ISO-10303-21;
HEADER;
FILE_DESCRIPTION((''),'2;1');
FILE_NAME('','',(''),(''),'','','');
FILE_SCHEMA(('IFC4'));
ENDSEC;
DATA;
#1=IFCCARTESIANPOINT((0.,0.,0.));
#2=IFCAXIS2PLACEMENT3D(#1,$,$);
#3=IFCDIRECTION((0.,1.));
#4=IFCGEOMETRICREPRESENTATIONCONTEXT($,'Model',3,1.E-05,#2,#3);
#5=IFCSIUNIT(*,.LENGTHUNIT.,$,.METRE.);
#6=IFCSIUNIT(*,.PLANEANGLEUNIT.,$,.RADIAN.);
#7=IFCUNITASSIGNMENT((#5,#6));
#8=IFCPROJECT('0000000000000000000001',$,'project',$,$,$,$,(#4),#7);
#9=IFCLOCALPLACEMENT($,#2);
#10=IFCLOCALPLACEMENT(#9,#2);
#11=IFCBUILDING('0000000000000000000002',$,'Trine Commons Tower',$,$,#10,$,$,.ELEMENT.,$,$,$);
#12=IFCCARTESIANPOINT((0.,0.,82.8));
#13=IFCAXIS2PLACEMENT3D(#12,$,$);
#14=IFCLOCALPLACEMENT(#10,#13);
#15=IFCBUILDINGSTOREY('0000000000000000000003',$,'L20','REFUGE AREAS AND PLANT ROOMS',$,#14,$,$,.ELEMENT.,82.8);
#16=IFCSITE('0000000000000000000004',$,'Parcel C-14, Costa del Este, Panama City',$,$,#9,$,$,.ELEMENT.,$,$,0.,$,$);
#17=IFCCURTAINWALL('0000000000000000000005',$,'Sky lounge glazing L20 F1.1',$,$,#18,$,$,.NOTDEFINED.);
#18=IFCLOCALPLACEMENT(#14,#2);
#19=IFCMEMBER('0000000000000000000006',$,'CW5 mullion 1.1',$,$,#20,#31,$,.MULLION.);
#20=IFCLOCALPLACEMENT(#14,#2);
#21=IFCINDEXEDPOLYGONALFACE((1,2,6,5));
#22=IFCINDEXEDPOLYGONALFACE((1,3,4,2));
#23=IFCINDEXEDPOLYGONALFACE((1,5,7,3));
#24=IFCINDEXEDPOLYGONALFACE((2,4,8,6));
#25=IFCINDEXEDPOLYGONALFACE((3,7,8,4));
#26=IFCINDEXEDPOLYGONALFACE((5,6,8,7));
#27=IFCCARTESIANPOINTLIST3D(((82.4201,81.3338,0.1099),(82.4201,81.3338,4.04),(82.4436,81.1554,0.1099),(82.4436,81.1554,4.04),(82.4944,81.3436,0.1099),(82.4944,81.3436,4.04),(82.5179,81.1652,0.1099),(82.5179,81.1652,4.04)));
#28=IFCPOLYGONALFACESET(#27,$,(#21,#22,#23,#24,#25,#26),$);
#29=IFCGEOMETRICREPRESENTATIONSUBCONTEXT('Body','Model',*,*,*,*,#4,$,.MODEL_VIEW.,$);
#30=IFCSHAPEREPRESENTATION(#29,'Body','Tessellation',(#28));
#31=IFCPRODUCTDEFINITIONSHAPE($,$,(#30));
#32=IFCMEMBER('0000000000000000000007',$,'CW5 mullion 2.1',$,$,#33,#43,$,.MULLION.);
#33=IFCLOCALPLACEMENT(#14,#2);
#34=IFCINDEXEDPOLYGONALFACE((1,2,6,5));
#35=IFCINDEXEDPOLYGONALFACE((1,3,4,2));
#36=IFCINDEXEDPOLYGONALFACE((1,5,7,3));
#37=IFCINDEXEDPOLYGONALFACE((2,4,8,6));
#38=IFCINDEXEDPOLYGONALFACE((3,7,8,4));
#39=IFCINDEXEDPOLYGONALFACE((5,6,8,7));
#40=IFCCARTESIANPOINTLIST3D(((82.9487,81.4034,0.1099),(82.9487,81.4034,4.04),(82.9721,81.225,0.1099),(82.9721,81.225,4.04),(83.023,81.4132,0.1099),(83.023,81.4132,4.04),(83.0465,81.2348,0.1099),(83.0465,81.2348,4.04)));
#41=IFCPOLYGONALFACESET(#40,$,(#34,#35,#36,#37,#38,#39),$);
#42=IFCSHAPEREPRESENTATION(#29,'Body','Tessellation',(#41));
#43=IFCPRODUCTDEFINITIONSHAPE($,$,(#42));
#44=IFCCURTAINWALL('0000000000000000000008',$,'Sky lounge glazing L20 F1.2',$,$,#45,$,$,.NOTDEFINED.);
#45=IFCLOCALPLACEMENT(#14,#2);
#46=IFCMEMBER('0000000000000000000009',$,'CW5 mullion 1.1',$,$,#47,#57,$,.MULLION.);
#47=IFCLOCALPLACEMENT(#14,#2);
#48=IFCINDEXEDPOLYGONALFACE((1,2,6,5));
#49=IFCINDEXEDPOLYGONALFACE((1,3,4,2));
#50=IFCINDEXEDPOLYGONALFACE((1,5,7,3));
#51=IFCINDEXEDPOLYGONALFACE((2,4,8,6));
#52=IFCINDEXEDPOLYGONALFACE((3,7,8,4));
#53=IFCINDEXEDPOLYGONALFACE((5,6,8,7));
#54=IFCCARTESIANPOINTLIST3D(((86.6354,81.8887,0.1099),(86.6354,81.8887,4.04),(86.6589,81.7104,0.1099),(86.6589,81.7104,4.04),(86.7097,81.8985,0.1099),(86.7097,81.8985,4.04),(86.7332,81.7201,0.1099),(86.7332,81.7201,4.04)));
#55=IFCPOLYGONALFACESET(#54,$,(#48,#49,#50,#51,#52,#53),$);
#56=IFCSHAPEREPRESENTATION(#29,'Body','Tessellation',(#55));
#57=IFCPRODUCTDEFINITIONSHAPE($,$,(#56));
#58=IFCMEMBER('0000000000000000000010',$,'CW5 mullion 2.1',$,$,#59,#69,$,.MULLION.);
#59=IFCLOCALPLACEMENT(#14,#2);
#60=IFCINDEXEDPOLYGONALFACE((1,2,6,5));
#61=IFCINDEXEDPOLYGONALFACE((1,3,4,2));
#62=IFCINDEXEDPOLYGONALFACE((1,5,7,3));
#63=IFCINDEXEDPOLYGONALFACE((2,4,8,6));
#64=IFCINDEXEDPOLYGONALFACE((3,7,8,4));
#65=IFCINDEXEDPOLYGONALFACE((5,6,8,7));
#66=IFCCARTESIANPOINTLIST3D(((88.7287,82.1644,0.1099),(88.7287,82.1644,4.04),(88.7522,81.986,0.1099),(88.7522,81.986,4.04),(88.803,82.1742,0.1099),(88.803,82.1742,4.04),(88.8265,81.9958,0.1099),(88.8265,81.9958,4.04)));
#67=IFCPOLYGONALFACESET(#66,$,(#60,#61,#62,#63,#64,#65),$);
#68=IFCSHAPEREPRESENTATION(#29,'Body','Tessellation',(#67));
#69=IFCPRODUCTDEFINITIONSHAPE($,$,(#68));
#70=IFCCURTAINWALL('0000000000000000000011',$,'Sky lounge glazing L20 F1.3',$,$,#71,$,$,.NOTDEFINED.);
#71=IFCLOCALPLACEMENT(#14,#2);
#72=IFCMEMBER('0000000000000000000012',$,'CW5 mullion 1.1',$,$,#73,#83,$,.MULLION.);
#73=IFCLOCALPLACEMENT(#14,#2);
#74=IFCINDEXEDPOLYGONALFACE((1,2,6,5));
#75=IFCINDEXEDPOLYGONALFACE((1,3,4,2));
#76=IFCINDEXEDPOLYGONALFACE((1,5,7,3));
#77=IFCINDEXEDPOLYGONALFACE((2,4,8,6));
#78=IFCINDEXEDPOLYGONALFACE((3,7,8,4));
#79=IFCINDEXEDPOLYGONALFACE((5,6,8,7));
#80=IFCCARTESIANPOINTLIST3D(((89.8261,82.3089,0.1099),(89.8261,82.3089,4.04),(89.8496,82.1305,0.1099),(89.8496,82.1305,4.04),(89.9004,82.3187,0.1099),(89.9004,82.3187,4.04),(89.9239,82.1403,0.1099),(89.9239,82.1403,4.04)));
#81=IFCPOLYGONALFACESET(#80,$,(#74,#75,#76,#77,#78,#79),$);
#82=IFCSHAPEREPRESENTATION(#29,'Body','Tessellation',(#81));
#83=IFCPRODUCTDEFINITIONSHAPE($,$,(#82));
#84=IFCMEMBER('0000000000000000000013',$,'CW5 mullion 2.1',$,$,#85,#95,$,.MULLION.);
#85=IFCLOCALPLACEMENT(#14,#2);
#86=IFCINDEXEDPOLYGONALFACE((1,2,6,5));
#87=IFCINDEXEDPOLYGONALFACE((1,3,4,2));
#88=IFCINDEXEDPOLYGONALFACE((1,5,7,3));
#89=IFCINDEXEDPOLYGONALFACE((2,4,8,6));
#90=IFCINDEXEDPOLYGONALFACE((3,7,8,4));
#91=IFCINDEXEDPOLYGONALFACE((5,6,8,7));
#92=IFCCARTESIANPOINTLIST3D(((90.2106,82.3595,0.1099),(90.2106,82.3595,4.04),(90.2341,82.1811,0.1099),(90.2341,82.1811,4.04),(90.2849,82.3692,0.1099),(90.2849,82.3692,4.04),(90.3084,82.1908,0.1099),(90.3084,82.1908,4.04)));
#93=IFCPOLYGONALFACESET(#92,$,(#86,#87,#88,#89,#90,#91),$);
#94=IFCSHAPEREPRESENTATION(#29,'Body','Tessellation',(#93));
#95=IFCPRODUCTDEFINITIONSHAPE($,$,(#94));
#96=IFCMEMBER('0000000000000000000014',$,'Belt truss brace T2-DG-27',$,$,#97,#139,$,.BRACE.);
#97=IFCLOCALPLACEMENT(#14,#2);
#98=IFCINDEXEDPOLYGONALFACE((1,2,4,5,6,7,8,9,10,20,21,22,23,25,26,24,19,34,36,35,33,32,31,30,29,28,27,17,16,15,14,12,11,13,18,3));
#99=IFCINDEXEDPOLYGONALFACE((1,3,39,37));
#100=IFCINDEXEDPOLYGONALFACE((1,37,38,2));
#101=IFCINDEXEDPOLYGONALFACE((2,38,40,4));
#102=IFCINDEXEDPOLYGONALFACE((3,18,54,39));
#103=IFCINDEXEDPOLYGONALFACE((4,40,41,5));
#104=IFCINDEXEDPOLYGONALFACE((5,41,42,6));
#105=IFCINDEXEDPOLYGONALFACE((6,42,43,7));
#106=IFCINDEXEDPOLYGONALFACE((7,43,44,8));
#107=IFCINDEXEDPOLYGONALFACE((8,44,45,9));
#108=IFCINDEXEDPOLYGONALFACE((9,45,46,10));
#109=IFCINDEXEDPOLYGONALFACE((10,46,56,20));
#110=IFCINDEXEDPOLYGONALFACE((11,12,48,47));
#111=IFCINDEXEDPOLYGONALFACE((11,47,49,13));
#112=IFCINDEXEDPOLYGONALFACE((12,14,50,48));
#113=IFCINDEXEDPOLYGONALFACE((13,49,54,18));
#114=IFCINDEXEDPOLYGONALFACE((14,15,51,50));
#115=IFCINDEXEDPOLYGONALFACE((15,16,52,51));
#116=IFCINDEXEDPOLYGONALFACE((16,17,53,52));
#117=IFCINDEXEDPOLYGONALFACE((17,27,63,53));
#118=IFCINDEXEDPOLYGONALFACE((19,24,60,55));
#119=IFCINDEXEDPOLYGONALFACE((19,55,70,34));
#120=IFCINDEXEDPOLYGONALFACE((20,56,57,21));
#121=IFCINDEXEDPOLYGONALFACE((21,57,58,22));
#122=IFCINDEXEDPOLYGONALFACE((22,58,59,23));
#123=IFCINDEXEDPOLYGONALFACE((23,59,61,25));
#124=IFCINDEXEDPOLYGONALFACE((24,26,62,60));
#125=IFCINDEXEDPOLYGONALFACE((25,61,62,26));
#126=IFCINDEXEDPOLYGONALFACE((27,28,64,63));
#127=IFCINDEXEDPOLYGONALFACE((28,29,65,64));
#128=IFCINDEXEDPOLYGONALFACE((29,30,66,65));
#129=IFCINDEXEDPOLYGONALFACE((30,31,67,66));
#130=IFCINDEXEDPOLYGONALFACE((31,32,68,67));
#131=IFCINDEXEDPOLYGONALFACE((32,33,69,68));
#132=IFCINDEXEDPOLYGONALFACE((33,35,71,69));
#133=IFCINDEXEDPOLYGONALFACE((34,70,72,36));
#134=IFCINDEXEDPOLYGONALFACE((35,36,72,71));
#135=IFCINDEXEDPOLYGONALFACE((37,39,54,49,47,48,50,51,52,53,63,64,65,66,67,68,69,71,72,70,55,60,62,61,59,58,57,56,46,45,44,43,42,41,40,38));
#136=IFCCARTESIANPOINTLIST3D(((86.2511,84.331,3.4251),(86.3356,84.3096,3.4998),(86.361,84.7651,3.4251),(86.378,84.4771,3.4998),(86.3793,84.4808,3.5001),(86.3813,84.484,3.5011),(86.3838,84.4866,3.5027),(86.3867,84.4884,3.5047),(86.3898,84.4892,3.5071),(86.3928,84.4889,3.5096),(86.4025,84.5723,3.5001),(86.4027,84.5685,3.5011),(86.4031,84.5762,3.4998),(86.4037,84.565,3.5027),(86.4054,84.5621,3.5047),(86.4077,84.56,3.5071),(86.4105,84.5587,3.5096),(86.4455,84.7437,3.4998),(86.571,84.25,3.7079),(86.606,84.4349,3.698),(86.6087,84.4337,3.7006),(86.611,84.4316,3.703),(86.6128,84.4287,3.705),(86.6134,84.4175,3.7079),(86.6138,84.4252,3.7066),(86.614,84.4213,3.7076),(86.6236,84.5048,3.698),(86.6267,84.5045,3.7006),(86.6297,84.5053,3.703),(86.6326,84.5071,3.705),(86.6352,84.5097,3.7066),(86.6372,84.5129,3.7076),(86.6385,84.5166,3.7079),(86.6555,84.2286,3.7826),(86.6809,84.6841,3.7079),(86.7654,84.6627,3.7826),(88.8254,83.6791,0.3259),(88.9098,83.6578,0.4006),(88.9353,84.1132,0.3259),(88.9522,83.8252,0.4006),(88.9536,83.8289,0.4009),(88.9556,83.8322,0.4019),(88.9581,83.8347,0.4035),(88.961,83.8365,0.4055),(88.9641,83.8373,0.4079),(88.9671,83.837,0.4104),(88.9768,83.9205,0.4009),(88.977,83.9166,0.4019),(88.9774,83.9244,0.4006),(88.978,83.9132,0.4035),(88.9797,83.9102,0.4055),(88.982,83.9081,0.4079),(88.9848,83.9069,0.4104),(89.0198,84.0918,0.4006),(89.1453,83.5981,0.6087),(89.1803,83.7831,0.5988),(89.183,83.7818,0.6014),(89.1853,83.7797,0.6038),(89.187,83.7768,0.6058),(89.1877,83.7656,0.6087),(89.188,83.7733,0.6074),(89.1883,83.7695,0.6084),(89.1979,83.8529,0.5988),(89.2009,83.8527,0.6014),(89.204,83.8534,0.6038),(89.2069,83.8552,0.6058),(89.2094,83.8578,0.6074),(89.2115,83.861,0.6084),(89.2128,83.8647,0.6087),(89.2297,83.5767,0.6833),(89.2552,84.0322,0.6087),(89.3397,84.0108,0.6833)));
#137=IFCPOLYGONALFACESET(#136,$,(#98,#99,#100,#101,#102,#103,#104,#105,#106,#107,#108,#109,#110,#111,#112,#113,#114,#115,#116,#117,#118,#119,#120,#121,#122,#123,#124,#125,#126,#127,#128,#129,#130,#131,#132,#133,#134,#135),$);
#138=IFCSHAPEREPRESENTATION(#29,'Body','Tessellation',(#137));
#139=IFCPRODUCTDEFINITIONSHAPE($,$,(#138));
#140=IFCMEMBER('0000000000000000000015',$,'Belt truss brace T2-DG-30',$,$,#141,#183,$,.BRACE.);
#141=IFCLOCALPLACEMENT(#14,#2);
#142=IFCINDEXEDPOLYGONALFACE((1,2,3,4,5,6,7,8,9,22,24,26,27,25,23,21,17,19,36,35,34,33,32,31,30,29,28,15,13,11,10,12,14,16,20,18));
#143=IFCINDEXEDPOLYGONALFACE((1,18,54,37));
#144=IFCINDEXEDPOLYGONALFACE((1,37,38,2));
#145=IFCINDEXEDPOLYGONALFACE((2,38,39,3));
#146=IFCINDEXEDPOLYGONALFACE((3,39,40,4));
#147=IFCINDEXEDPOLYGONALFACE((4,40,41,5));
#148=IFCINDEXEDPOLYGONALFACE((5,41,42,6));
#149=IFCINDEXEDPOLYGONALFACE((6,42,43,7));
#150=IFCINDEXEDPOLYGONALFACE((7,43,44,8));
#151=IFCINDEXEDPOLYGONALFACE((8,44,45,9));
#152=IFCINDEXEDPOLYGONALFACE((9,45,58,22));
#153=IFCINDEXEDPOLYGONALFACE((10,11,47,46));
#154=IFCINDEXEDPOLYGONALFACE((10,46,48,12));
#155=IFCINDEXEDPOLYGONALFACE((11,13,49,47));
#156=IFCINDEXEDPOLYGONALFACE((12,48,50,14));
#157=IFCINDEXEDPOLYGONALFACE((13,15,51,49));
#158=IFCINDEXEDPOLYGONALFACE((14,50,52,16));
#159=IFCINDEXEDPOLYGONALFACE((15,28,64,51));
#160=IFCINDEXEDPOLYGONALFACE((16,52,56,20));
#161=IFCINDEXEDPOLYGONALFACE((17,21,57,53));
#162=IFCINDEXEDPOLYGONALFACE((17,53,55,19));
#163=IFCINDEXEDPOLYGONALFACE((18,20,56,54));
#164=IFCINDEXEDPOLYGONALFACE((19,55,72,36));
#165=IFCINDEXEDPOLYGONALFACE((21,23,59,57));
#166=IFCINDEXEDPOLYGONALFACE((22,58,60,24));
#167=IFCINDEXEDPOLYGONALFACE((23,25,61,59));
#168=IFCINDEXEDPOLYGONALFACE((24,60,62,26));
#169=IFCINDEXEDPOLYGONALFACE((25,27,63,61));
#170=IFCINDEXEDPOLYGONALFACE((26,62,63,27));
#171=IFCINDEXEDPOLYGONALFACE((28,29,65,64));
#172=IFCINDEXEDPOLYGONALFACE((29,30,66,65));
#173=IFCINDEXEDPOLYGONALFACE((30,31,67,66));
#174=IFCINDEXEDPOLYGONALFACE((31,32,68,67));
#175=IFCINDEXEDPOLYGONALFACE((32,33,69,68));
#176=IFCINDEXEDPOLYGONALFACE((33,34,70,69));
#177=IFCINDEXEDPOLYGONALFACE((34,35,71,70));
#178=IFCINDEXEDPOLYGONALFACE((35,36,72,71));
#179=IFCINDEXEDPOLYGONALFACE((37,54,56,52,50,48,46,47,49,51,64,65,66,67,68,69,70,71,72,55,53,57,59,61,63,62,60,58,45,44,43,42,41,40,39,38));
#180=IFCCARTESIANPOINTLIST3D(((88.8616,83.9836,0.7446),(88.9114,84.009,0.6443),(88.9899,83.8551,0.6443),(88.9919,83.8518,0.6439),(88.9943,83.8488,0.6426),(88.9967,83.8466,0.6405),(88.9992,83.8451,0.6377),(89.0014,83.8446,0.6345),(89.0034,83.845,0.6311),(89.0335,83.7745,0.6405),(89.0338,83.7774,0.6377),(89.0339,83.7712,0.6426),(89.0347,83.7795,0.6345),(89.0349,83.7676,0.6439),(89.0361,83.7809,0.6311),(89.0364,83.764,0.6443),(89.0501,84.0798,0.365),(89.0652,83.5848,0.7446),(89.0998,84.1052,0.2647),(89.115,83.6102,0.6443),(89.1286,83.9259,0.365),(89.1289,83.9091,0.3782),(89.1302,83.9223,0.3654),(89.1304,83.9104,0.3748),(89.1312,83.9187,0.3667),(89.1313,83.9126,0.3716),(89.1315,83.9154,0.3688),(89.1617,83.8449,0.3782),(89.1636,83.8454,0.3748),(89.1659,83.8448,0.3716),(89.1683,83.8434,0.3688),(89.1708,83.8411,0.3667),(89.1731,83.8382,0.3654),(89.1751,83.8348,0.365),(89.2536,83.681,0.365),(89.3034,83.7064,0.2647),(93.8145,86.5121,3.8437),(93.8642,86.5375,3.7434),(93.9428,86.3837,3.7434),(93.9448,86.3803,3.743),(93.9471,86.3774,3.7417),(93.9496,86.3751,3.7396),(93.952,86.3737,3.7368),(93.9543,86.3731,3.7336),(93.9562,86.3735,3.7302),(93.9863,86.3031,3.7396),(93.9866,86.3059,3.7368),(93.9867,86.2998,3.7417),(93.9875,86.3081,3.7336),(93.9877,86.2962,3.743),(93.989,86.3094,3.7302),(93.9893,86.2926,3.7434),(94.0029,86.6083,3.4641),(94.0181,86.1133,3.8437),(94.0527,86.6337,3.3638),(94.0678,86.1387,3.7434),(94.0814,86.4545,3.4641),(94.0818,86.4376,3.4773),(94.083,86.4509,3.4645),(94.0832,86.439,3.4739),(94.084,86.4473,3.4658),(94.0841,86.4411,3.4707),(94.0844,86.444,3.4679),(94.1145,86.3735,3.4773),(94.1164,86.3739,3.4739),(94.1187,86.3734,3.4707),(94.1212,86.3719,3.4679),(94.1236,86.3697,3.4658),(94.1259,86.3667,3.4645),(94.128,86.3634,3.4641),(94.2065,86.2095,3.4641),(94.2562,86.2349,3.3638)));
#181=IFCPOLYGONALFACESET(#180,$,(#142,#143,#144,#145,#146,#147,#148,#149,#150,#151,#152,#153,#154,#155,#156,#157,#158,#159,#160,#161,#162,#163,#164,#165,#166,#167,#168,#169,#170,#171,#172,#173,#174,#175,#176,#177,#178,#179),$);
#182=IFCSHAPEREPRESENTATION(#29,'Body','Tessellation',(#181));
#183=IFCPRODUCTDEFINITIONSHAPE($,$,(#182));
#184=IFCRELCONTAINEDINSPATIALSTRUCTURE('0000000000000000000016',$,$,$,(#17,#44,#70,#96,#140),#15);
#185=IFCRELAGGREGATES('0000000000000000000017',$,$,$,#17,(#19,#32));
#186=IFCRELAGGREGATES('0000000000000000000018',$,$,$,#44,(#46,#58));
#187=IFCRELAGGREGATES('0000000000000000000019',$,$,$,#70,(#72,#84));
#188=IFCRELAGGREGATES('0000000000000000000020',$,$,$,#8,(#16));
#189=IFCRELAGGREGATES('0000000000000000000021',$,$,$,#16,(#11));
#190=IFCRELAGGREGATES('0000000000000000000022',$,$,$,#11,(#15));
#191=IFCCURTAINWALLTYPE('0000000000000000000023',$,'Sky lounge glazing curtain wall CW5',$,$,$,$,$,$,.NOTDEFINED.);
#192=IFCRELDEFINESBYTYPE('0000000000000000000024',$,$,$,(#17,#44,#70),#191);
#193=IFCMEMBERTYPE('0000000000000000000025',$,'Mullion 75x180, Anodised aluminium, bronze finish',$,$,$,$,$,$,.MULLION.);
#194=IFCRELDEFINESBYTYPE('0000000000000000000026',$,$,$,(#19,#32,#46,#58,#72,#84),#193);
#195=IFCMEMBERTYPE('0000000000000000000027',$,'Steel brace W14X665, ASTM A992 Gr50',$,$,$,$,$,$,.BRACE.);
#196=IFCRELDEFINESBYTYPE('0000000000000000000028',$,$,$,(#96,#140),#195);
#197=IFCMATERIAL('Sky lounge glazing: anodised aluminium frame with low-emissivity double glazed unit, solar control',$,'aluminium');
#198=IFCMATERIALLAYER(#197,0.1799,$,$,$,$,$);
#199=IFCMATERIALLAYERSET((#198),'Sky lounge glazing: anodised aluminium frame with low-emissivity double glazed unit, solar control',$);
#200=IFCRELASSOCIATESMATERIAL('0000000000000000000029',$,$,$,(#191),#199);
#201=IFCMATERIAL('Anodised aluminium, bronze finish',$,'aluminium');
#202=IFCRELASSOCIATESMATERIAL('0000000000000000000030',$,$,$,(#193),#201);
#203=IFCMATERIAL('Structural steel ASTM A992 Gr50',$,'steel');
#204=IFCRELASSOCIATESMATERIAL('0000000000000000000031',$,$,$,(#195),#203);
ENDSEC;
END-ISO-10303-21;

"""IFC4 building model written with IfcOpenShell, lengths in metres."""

from ifc_helpers import new_model, si_unit, direction, frame, origin, origin_2d, place, context, subcontext, project, spatial, rectangle, i_section, extrude, material, layer, layer_set, material_profile, profile_set, type_object, element, aggregate, save


model = new_model("IFC4")

# Units and contexts
model_context = context("Model", 3, precision=1e-05, world=origin(), true_north=direction((0.0, 1.0)))
body_context = subcontext(model_context, "Body", "Model", "MODEL_VIEW")
ifc_project = project(units=[si_unit("LENGTHUNIT", "METRE"), si_unit("PLANEANGLEUNIT", "RADIAN")], contexts=[model_context])

# Site, building, storey
site_placement = place(None, origin())
site = spatial("IfcSite", under=ifc_project, at=site_placement, Name="Parcel C-14, Costa del Este, Panama City", CompositionType="ELEMENT", RefElevation=0.0)
building_placement = place(site_placement, origin())
building = spatial("IfcBuilding", under=site, at=building_placement, Name="Trine Commons Tower", CompositionType="ELEMENT")
storey_placement = place(building_placement, frame((0.0, 0.0, 82.8)))
storey = spatial("IfcBuildingStorey", under=building, at=storey_placement, Name="L20", Description="REFUGE AREAS AND PLANT ROOMS", CompositionType="ELEMENT", Elevation=82.8)

# Curtain walls, members
ifc_material_1 = material(Name="Sky lounge glazing: anodised aluminium frame with low-emissivity double glazed unit, solar control", Category="aluminium")
ifc_layer_1 = layer(ifc_material_1, 0.1799)
ifc_layer_set_1 = layer_set([ifc_layer_1], Name="Sky lounge glazing: anodised aluminium frame with low-emissivity double glazed unit, solar control")
curtain_wall_type = type_object("IfcCurtainWallType", Name="Sky lounge glazing curtain wall CW5", PredefinedType="NOTDEFINED", material=ifc_layer_set_1)
curtain_wall_1_placement = place(storey_placement, origin())
curtain_wall_1 = element("IfcCurtainWall", 1, at=curtain_wall_1_placement, inside=storey, type_object=curtain_wall_type, Name="Sky lounge glazing L20 F1.1", PredefinedType="NOTDEFINED")
ifc_material_2 = material(Name="Anodised aluminium, bronze finish", Category="aluminium")
ifc_material_profile_1 = material_profile(ifc_material_2, rectangle(XDim=0.1799, YDim=0.075, at=origin_2d()), Name="Mullion 75x180")
ifc_profile_set_1 = profile_set([ifc_material_profile_1], Name="Anodised aluminium, bronze finish")
member_type_1 = type_object("IfcMemberType", Name="Mullion 75x180, Anodised aluminium, bronze finish", PredefinedType="MULLION", material=ifc_profile_set_1)
member_1_placement = place(storey_placement, frame((82.469, 81.2495, 0.1099), z_axis=(0.0, 0.0, 1.0), x_axis=(-0.130526, 0.991445, 0.0)))
member_1 = element("IfcMember", 2, at=member_1_placement, type_object=member_type_1, Name="CW5 mullion 1.1", PredefinedType="MULLION", context=body_context, shape_type="SweptSolid", body=[
    extrude(rectangle(XDim=0.1799, YDim=0.075, at=origin_2d()), origin(), (0.0, 0.0, 1.0), 3.9302),
])
member_2_placement = place(storey_placement, frame((82.9976, 81.3191, 0.1099), z_axis=(0.0, 0.0, 1.0), x_axis=(-0.130526, 0.991445, 0.0)))
member_2 = element("IfcMember", 3, at=member_2_placement, type_object=member_type_1, Name="CW5 mullion 2.1", PredefinedType="MULLION", context=body_context, shape_type="SweptSolid", body=[
    extrude(rectangle(XDim=0.1799, YDim=0.075, at=origin_2d()), origin(), (0.0, 0.0, 1.0), 3.9302),
])
curtain_wall_2_placement = place(storey_placement, origin())
curtain_wall_2 = element("IfcCurtainWall", 4, at=curtain_wall_2_placement, inside=storey, type_object=curtain_wall_type, Name="Sky lounge glazing L20 F1.2", PredefinedType="NOTDEFINED")
member_3_placement = place(storey_placement, frame((86.6843, 81.8044, 0.1099), z_axis=(0.0, 0.0, 1.0), x_axis=(-0.130526, 0.991445, 0.0)))
member_3 = element("IfcMember", 5, at=member_3_placement, type_object=member_type_1, Name="CW5 mullion 1.1", PredefinedType="MULLION", context=body_context, shape_type="SweptSolid", body=[
    extrude(rectangle(XDim=0.1799, YDim=0.075, at=origin_2d()), origin(), (0.0, 0.0, 1.0), 3.9302),
])
member_4_placement = place(storey_placement, frame((88.7776, 82.0801, 0.1099), z_axis=(0.0, 0.0, 1.0), x_axis=(-0.130526, 0.991445, 0.0)))
member_4 = element("IfcMember", 6, at=member_4_placement, type_object=member_type_1, Name="CW5 mullion 2.1", PredefinedType="MULLION", context=body_context, shape_type="SweptSolid", body=[
    extrude(rectangle(XDim=0.1799, YDim=0.075, at=origin_2d()), origin(), (0.0, 0.0, 1.0), 3.9302),
])
curtain_wall_3_placement = place(storey_placement, origin())
curtain_wall_3 = element("IfcCurtainWall", 7, at=curtain_wall_3_placement, inside=storey, type_object=curtain_wall_type, Name="Sky lounge glazing L20 F1.3", PredefinedType="NOTDEFINED")
member_5_placement = place(storey_placement, frame((89.875, 82.2246, 0.1099), z_axis=(0.0, 0.0, 1.0), x_axis=(-0.130526, 0.991445, 0.0)))
member_5 = element("IfcMember", 8, at=member_5_placement, type_object=member_type_1, Name="CW5 mullion 1.1", PredefinedType="MULLION", context=body_context, shape_type="SweptSolid", body=[
    extrude(rectangle(XDim=0.1799, YDim=0.075, at=origin_2d()), origin(), (0.0, 0.0, 1.0), 3.9302),
])
member_6_placement = place(storey_placement, frame((90.2595, 82.2751, 0.1099), z_axis=(0.0, 0.0, 1.0), x_axis=(-0.130526, 0.991445, 0.0)))
member_6 = element("IfcMember", 9, at=member_6_placement, type_object=member_type_1, Name="CW5 mullion 2.1", PredefinedType="MULLION", context=body_context, shape_type="SweptSolid", body=[
    extrude(rectangle(XDim=0.1799, YDim=0.075, at=origin_2d()), origin(), (0.0, 0.0, 1.0), 3.9302),
])

# Members
ifc_material_3 = material(Name="Structural steel ASTM A992 Gr50", Category="steel")
ifc_material_profile_2 = material_profile(ifc_material_3, i_section(OverallWidth=0.4478, OverallDepth=0.5493, WebThickness=0.072, FlangeThickness=0.1147, FilletRadius=0.0151, at=origin_2d()), Name="W14X665")
ifc_profile_set_2 = profile_set([ifc_material_profile_2], Name="Structural steel ASTM A992 Gr50")
member_type_2 = type_object("IfcMemberType", Name="Steel brace W14X665, ASTM A992 Gr50", PredefinedType="BRACE", material=ifc_profile_set_2)
member_7_placement = place(storey_placement, frame((89.0825, 83.845, 0.5046), z_axis=(-0.630753, 0.159722, 0.759368), x_axis=(-0.245477, -0.969403, 0.0)))
element("IfcMember", 10, at=member_7_placement, inside=storey, type_object=member_type_2, Name="Belt truss brace T2-DG-27", PredefinedType="BRACE", context=body_context, shape_type="SweptSolid", body=[
    extrude(i_section(OverallWidth=0.4478, OverallDepth=0.5493, WebThickness=0.072, FlangeThickness=0.1147, FilletRadius=0.0151, at=origin_2d()), origin(), (0.0, 0.0, 1.0), 4.0813),
])
member_8_placement = place(storey_placement, frame((89.0825, 83.845, 0.5046), z_axis=(0.77799, 0.397182, 0.486804), x_axis=(-0.454696, 0.890646, 0.0)))
element("IfcMember", 11, at=member_8_placement, inside=storey, type_object=member_type_2, Name="Belt truss brace T2-DG-30", PredefinedType="BRACE", context=body_context, shape_type="SweptSolid", body=[
    extrude(i_section(OverallWidth=0.4478, OverallDepth=0.5493, WebThickness=0.072, FlangeThickness=0.1147, FilletRadius=0.0151, at=origin_2d()), origin(), (0.0, 0.0, 1.0), 6.3662),
])

aggregate(curtain_wall_1, [member_1, member_2])
aggregate(curtain_wall_2, [member_3, member_4])
aggregate(curtain_wall_3, [member_5, member_6])

save(model, "model.ifc")
